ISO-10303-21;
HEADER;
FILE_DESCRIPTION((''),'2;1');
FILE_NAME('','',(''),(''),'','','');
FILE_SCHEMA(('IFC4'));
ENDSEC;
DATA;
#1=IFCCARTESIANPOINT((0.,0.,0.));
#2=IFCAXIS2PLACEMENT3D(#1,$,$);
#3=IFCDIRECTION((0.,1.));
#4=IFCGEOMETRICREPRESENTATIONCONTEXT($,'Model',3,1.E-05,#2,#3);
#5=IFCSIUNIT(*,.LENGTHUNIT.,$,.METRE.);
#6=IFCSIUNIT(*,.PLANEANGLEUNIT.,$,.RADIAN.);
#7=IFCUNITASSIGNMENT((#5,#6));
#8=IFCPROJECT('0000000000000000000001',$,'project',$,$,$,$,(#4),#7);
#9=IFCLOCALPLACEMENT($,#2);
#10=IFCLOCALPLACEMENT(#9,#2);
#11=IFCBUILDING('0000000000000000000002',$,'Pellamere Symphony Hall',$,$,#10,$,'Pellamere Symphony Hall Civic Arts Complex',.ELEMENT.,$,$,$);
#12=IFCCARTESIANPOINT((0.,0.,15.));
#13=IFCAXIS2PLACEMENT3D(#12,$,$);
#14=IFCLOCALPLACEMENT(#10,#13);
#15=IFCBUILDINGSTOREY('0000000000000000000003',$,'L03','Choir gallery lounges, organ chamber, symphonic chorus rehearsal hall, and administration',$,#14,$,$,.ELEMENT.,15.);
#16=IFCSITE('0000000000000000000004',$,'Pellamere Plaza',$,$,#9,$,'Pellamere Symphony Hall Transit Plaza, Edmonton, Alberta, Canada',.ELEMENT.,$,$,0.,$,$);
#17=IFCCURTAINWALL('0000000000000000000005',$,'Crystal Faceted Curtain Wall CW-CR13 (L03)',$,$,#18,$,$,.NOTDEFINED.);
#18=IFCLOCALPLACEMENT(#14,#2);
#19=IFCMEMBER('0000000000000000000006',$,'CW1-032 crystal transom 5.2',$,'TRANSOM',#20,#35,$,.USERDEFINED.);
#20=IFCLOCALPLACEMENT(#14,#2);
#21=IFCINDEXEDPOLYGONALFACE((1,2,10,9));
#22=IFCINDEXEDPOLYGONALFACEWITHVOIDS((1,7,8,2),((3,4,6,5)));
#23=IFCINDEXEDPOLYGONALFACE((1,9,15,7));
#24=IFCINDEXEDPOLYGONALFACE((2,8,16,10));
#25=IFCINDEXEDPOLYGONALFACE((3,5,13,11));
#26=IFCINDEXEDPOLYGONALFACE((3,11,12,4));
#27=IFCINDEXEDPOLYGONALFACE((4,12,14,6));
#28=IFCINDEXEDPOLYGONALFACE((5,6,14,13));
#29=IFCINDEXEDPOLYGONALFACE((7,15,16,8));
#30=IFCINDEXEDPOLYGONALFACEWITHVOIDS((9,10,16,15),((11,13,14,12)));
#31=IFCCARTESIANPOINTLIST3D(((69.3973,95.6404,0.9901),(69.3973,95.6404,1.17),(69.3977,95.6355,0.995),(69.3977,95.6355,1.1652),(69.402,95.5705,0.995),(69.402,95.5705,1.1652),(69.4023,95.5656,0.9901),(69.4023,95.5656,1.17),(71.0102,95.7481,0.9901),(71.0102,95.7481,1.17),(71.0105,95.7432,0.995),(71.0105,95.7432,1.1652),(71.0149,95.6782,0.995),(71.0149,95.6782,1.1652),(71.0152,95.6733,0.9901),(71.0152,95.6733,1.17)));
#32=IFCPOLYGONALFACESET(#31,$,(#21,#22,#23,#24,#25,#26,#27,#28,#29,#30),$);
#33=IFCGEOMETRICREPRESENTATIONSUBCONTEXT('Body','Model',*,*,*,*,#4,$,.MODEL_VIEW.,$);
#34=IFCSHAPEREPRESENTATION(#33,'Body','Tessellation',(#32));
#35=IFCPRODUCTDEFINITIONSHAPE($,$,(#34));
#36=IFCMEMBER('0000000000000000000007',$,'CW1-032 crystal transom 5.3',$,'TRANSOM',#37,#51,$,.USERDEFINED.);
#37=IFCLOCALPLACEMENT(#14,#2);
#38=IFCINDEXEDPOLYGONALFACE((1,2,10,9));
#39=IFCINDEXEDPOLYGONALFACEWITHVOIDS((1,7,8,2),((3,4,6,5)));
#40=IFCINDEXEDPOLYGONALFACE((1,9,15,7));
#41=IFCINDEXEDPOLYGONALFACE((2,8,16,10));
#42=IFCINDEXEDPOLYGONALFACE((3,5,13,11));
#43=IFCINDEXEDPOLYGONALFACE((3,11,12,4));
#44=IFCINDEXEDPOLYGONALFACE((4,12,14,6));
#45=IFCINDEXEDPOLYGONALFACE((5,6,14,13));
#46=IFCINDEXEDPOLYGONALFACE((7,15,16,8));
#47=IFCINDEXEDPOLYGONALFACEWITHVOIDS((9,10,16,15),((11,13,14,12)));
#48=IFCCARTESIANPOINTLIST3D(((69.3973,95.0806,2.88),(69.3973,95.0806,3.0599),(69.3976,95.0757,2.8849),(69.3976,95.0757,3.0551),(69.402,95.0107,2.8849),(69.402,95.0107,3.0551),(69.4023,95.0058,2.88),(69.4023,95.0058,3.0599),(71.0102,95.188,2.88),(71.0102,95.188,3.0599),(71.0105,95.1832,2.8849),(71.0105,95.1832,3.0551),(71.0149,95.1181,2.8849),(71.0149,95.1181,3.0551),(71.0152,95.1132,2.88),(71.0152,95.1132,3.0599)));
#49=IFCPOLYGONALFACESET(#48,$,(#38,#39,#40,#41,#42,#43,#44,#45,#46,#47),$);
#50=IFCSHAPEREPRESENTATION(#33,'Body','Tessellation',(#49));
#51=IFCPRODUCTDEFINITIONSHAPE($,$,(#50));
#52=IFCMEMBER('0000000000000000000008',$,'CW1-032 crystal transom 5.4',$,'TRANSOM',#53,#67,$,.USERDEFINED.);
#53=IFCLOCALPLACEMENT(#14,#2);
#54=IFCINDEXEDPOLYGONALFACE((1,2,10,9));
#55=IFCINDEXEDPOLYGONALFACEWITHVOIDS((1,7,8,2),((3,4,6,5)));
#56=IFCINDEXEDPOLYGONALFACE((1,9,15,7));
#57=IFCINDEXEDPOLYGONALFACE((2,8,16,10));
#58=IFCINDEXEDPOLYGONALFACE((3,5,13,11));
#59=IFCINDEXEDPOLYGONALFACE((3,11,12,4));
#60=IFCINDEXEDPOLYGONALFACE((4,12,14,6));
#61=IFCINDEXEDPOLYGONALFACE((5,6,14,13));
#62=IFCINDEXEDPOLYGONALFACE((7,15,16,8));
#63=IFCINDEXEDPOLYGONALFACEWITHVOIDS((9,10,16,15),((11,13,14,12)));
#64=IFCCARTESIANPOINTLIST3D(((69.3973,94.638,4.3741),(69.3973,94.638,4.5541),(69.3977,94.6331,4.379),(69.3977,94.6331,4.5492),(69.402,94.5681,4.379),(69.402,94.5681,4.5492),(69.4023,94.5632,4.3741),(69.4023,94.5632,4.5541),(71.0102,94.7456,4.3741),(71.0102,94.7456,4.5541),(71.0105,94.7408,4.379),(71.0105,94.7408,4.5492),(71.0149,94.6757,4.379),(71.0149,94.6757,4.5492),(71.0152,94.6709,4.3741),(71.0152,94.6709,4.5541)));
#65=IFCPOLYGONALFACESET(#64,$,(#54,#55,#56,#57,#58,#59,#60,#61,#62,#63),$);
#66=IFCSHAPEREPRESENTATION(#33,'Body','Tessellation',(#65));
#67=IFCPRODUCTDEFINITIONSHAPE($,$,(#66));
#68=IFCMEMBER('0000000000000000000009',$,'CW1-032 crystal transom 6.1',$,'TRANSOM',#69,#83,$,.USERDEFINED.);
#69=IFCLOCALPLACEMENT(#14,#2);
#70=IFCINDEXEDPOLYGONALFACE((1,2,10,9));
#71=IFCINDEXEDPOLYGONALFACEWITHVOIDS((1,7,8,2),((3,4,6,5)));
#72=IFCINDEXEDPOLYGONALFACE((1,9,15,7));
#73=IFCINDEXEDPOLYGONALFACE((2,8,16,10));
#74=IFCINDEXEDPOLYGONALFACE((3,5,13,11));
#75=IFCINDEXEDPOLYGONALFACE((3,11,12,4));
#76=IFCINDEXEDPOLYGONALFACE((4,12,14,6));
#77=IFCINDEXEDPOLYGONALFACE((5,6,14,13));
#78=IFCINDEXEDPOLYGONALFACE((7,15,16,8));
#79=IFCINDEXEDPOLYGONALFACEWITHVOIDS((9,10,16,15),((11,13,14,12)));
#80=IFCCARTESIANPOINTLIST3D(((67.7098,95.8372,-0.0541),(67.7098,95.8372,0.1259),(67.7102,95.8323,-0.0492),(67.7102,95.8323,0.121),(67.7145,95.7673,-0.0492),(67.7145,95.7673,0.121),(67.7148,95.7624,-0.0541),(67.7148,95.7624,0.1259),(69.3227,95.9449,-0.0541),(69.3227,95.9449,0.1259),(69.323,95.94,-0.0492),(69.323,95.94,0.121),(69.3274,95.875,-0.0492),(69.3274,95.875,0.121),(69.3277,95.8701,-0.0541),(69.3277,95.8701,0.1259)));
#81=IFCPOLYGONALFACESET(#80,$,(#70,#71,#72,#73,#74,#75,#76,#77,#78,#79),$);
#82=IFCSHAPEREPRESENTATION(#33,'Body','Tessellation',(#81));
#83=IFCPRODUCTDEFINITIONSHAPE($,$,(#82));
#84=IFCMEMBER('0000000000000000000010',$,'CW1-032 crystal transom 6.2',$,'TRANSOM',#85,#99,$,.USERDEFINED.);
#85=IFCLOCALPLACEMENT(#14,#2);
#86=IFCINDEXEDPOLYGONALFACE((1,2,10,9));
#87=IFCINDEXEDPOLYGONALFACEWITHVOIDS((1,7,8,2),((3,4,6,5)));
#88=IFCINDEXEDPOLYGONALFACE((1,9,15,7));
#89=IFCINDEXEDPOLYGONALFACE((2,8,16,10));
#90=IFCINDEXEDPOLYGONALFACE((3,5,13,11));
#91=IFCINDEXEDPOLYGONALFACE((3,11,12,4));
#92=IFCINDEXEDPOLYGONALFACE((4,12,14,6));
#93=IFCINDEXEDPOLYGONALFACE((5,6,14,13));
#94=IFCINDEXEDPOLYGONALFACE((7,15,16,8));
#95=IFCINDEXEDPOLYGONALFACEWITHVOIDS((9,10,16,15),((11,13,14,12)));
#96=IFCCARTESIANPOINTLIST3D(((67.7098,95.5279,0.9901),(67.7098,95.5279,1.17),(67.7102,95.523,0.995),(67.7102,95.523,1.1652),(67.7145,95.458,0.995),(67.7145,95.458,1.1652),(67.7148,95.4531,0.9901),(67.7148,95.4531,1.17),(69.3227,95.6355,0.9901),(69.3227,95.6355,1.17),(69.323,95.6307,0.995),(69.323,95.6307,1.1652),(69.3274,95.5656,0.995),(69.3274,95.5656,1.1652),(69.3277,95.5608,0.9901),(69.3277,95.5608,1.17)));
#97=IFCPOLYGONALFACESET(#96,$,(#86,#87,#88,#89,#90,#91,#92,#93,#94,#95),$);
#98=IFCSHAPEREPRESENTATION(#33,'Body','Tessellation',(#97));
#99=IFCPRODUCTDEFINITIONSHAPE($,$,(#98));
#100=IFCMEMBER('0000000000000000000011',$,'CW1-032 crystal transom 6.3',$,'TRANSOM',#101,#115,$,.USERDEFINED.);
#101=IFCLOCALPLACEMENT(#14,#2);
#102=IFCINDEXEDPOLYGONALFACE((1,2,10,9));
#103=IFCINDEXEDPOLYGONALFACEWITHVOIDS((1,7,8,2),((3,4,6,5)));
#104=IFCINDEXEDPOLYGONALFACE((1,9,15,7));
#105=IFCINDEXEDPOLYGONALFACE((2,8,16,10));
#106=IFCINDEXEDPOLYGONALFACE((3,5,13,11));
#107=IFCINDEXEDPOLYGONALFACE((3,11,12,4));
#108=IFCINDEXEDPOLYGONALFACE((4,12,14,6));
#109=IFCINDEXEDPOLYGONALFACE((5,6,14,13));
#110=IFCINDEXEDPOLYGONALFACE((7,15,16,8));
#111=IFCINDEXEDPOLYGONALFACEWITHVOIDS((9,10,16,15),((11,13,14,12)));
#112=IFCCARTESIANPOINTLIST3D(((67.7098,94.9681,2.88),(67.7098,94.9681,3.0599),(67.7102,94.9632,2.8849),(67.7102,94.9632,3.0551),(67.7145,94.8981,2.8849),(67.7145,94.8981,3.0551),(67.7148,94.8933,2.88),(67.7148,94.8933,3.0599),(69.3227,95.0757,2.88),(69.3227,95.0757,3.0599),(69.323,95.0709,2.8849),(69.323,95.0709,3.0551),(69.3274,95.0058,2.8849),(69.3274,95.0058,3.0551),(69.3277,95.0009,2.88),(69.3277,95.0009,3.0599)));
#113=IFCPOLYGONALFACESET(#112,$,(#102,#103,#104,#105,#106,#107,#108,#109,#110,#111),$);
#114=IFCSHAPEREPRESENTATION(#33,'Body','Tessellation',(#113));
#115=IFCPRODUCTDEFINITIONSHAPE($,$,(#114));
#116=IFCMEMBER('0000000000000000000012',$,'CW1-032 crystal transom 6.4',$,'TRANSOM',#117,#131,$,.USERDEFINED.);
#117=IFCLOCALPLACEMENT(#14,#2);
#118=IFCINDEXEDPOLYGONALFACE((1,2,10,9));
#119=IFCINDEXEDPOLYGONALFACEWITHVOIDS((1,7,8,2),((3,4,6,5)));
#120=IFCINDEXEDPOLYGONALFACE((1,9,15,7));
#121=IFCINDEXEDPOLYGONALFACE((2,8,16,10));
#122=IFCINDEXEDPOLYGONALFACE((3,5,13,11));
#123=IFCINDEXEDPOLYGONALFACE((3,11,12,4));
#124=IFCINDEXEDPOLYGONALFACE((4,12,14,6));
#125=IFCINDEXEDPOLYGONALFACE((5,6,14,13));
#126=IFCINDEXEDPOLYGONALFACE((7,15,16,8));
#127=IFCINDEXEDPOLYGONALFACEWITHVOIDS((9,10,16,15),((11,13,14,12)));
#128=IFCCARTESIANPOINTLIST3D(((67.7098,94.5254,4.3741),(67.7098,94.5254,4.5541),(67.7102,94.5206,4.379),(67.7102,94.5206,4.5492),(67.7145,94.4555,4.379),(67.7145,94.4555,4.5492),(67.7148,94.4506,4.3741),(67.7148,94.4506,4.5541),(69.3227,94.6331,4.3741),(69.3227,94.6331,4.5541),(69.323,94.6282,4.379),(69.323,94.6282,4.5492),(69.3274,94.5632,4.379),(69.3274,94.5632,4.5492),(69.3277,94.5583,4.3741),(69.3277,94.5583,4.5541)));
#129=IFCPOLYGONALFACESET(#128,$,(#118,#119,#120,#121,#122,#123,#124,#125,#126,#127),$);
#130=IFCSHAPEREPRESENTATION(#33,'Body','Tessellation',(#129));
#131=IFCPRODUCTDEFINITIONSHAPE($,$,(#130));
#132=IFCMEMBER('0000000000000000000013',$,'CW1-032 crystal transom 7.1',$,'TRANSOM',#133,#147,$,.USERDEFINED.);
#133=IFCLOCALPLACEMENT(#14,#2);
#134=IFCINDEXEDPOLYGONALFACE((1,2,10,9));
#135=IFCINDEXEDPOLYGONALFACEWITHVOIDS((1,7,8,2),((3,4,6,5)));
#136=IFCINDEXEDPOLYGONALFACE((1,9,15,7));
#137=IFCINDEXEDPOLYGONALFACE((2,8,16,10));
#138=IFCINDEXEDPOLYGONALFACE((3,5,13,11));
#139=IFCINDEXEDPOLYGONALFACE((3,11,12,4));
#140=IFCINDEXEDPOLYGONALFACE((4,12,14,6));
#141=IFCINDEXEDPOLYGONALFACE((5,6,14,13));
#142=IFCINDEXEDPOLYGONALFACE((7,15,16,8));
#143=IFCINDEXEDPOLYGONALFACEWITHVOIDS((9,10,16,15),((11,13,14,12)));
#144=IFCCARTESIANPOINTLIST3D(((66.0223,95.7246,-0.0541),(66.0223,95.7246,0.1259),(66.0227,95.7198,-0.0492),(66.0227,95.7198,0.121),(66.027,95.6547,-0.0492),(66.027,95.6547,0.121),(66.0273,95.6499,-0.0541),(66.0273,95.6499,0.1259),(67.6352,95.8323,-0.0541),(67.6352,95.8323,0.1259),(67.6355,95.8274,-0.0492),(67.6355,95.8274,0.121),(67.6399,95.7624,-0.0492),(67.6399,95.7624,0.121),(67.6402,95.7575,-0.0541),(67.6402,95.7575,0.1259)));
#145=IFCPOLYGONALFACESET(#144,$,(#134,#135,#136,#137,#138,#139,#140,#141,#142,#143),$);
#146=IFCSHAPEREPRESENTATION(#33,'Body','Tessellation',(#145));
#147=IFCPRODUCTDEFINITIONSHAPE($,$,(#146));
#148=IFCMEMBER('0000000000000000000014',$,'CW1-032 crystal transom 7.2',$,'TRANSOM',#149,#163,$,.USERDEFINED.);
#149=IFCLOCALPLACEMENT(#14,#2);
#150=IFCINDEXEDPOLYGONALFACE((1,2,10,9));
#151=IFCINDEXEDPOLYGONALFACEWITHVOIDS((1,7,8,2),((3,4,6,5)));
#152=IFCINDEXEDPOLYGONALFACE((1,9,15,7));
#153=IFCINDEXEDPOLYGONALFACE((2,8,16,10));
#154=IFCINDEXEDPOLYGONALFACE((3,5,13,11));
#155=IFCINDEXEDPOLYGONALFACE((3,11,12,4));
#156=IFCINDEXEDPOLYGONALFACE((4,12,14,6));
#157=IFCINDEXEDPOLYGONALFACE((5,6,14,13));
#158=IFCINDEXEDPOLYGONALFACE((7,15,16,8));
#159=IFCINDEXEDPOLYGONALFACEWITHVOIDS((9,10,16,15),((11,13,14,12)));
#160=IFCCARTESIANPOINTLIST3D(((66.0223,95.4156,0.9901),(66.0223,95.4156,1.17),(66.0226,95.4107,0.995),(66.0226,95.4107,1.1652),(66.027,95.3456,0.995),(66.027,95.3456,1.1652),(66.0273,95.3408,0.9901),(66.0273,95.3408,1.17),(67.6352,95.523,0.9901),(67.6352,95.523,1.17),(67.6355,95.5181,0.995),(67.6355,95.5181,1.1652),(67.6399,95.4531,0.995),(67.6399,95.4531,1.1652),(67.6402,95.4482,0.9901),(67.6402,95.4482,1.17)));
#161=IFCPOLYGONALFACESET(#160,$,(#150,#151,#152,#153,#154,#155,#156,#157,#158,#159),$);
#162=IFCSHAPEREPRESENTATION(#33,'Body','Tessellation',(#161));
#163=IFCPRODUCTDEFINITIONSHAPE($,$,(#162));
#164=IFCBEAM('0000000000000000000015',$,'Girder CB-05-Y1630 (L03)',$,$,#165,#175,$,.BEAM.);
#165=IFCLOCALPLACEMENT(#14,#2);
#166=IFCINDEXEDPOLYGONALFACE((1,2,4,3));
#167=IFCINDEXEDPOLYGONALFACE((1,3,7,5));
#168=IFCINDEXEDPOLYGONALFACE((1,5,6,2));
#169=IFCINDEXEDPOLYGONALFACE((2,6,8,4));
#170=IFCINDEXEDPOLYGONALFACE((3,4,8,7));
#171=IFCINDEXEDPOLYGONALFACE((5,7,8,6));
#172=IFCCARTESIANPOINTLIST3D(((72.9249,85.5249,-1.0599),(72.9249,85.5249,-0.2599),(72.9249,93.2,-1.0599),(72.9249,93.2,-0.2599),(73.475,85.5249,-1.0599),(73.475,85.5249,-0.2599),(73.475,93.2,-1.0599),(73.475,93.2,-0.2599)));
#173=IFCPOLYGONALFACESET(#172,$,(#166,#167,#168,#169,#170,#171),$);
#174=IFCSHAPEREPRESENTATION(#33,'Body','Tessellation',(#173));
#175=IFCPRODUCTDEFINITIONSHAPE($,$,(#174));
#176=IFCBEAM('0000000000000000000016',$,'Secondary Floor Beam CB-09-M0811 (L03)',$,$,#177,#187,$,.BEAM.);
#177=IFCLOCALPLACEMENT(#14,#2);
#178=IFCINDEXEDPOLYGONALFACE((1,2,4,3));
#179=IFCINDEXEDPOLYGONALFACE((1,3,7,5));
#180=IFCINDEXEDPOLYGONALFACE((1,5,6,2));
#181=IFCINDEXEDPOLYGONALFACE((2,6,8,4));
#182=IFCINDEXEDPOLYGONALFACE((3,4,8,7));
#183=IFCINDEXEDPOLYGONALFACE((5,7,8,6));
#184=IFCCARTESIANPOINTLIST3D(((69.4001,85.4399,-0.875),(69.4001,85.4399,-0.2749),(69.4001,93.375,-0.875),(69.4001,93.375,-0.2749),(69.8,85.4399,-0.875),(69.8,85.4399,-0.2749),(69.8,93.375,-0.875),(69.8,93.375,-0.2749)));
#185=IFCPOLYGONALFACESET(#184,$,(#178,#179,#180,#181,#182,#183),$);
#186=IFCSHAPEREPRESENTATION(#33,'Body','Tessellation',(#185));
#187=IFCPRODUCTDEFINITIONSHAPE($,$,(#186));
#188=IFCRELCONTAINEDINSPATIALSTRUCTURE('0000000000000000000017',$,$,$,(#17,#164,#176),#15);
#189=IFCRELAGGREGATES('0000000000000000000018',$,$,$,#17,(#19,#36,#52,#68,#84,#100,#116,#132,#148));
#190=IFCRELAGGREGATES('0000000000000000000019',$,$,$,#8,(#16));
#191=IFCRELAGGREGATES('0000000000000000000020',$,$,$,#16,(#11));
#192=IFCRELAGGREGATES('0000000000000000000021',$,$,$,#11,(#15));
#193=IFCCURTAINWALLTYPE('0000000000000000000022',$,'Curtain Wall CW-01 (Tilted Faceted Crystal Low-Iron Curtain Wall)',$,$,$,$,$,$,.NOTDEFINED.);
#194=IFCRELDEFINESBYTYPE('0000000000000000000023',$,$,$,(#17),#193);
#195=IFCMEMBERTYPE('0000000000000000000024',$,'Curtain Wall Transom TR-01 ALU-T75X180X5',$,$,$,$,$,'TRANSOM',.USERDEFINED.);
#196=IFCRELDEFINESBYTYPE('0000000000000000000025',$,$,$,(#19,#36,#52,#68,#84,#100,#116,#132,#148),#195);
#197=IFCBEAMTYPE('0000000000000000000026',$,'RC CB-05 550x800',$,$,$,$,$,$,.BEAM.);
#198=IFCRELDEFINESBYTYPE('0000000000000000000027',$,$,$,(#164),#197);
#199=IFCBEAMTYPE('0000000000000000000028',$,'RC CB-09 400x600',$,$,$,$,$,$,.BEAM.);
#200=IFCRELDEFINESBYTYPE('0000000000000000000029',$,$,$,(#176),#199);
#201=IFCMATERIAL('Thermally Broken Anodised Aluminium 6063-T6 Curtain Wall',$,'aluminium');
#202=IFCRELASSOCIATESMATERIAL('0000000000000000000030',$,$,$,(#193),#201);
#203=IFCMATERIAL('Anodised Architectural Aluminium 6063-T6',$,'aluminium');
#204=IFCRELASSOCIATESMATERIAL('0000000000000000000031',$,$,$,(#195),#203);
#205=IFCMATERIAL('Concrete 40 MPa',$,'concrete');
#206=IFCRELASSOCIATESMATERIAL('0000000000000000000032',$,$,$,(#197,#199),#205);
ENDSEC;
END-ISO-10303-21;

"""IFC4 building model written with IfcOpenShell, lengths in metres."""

from ifc_helpers import new_model, si_unit, direction, frame, origin, origin_2d, place, context, subcontext, project, spatial, rectangle, hollow_rectangle, extrude, material, material_profile, profile_set, type_object, element, aggregate, save


model = new_model("IFC4")

# Units and contexts
model_context = context("Model", 3, precision=1e-05, world=origin(), true_north=direction((0.0, 1.0)))
body_context = subcontext(model_context, "Body", "Model", "MODEL_VIEW")
ifc_project = project(units=[si_unit("LENGTHUNIT", "METRE"), si_unit("PLANEANGLEUNIT", "RADIAN")], contexts=[model_context])

# Site, building, storey
site_placement = place(None, origin())
site = spatial("IfcSite", under=ifc_project, at=site_placement, Name="Pellamere Plaza", LongName="Pellamere Symphony Hall Transit Plaza, Edmonton, Alberta, Canada", CompositionType="ELEMENT", RefElevation=0.0)
building_placement = place(site_placement, origin())
building = spatial("IfcBuilding", under=site, at=building_placement, Name="Pellamere Symphony Hall", LongName="Pellamere Symphony Hall Civic Arts Complex", CompositionType="ELEMENT")
storey_placement = place(building_placement, frame((0.0, 0.0, 15.0)))
storey = spatial("IfcBuildingStorey", under=building, at=storey_placement, Name="L03", Description="Choir gallery lounges, organ chamber, symphonic chorus rehearsal hall, and administration", CompositionType="ELEMENT", Elevation=15.0)

# Shared definitions
ifc_material_1 = material(Name="Concrete 40 MPa", Category="concrete")

# Curtain wall, members
ifc_material_2 = material(Name="Thermally Broken Anodised Aluminium 6063-T6 Curtain Wall", Category="aluminium")
curtain_wall_type = type_object("IfcCurtainWallType", Name="Curtain Wall CW-01 (Tilted Faceted Crystal Low-Iron Curtain Wall)", PredefinedType="NOTDEFINED", material=ifc_material_2)
curtain_wall_placement = place(storey_placement, origin())
curtain_wall = element("IfcCurtainWall", 1, at=curtain_wall_placement, inside=storey, type_object=curtain_wall_type, Name="Crystal Faceted Curtain Wall CW-CR13 (L03)", PredefinedType="NOTDEFINED")
ifc_material_3 = material(Name="Anodised Architectural Aluminium 6063-T6", Category="aluminium")
ifc_material_profile_1 = material_profile(ifc_material_3, hollow_rectangle(XDim=0.075, YDim=0.1799, WallThickness=0.0049, at=origin_2d()), Name="ALU-T75X180X5")
ifc_profile_set_1 = profile_set([ifc_material_profile_1], Name="Anodised Architectural Aluminium 6063-T6")
member_type_1 = type_object("IfcMemberType", Name="Curtain Wall Transom TR-01 ALU-T75X180X5", ElementType="TRANSOM", PredefinedType="USERDEFINED", material=ifc_profile_set_1)
member_1_placement = place(storey_placement, frame((71.0127, 95.7107, 1.0801), z_axis=(-0.997779, -0.066609, 0.0), x_axis=(0.066609, -0.997779, 0.0)))
member_1 = element("IfcMember", 2, at=member_1_placement, type_object=member_type_1, Name="CW1-032 crystal transom 5.2", ObjectType="TRANSOM", PredefinedType="USERDEFINED", context=body_context, shape_type="SweptSolid", body=[
    extrude(hollow_rectangle(XDim=0.075, YDim=0.1799, WallThickness=0.0049, at=origin_2d()), origin(), (0.0, 0.0, 1.0), 1.6165),
])
member_2_placement = place(storey_placement, frame((71.0127, 95.1506, 2.97), z_axis=(-0.997789, -0.066459, 0.0), x_axis=(0.066459, -0.997789, 0.0)))
member_2 = element("IfcMember", 3, at=member_2_placement, type_object=member_type_1, Name="CW1-032 crystal transom 5.3", ObjectType="TRANSOM", PredefinedType="USERDEFINED", context=body_context, shape_type="SweptSolid", body=[
    extrude(hollow_rectangle(XDim=0.075, YDim=0.1799, WallThickness=0.0049, at=origin_2d()), origin(), (0.0, 0.0, 1.0), 1.6165),
])
member_3_placement = place(storey_placement, frame((71.0127, 94.7083, 4.4641), z_axis=(-0.997779, -0.066609, 0.0), x_axis=(0.066609, -0.997779, 0.0)))
member_3 = element("IfcMember", 4, at=member_3_placement, type_object=member_type_1, Name="CW1-032 crystal transom 5.4", ObjectType="TRANSOM", PredefinedType="USERDEFINED", context=body_context, shape_type="SweptSolid", body=[
    extrude(hollow_rectangle(XDim=0.075, YDim=0.1799, WallThickness=0.0049, at=origin_2d()), origin(), (0.0, 0.0, 1.0), 1.6165),
])
member_4_placement = place(storey_placement, frame((69.3252, 95.9075, 0.0359), z_axis=(-0.997779, -0.066609, 0.0), x_axis=(0.066609, -0.997779, 0.0)))
member_4 = element("IfcMember", 5, at=member_4_placement, type_object=member_type_1, Name="CW1-032 crystal transom 6.1", ObjectType="TRANSOM", PredefinedType="USERDEFINED", context=body_context, shape_type="SweptSolid", body=[
    extrude(hollow_rectangle(XDim=0.075, YDim=0.1799, WallThickness=0.0049, at=origin_2d()), origin(), (0.0, 0.0, 1.0), 1.6165),
])
member_5_placement = place(storey_placement, frame((69.3252, 95.5981, 1.0801), z_axis=(-0.997779, -0.066609, 0.0), x_axis=(0.066609, -0.997779, 0.0)))
member_5 = element("IfcMember", 6, at=member_5_placement, type_object=member_type_1, Name="CW1-032 crystal transom 6.2", ObjectType="TRANSOM", PredefinedType="USERDEFINED", context=body_context, shape_type="SweptSolid", body=[
    extrude(hollow_rectangle(XDim=0.075, YDim=0.1799, WallThickness=0.0049, at=origin_2d()), origin(), (0.0, 0.0, 1.0), 1.6165),
])
member_6_placement = place(storey_placement, frame((69.3252, 95.0383, 2.97), z_axis=(-0.997779, -0.066609, 0.0), x_axis=(0.066609, -0.997779, 0.0)))
member_6 = element("IfcMember", 7, at=member_6_placement, type_object=member_type_1, Name="CW1-032 crystal transom 6.3", ObjectType="TRANSOM", PredefinedType="USERDEFINED", context=body_context, shape_type="SweptSolid", body=[
    extrude(hollow_rectangle(XDim=0.075, YDim=0.1799, WallThickness=0.0049, at=origin_2d()), origin(), (0.0, 0.0, 1.0), 1.6165),
])
member_7_placement = place(storey_placement, frame((69.3252, 94.5957, 4.4641), z_axis=(-0.997779, -0.066609, 0.0), x_axis=(0.066609, -0.997779, 0.0)))
member_7 = element("IfcMember", 8, at=member_7_placement, type_object=member_type_1, Name="CW1-032 crystal transom 6.4", ObjectType="TRANSOM", PredefinedType="USERDEFINED", context=body_context, shape_type="SweptSolid", body=[
    extrude(hollow_rectangle(XDim=0.075, YDim=0.1799, WallThickness=0.0049, at=origin_2d()), origin(), (0.0, 0.0, 1.0), 1.6165),
])
member_8_placement = place(storey_placement, frame((67.6377, 95.7949, 0.0359), z_axis=(-0.997779, -0.066609, 0.0), x_axis=(0.066609, -0.997779, 0.0)))
member_8 = element("IfcMember", 9, at=member_8_placement, type_object=member_type_1, Name="CW1-032 crystal transom 7.1", ObjectType="TRANSOM", PredefinedType="USERDEFINED", context=body_context, shape_type="SweptSolid", body=[
    extrude(hollow_rectangle(XDim=0.075, YDim=0.1799, WallThickness=0.0049, at=origin_2d()), origin(), (0.0, 0.0, 1.0), 1.6165),
])
member_9_placement = place(storey_placement, frame((67.6377, 95.4856, 1.0801), z_axis=(-0.997789, -0.066459, 0.0), x_axis=(0.066459, -0.997789, 0.0)))
member_9 = element("IfcMember", 10, at=member_9_placement, type_object=member_type_1, Name="CW1-032 crystal transom 7.2", ObjectType="TRANSOM", PredefinedType="USERDEFINED", context=body_context, shape_type="SweptSolid", body=[
    extrude(hollow_rectangle(XDim=0.075, YDim=0.1799, WallThickness=0.0049, at=origin_2d()), origin(), (0.0, 0.0, 1.0), 1.6165),
])

# Beams
ifc_material_profile_2 = material_profile(ifc_material_1, rectangle(XDim=0.55, YDim=0.8, at=origin_2d()), Name="RC 550x800")
ifc_profile_set_2 = profile_set([ifc_material_profile_2], Name="Concrete 40 MPa")
beam_type_1 = type_object("IfcBeamType", Name="RC CB-05 550x800", PredefinedType="BEAM", material=ifc_profile_set_2)
beam_1_placement = place(storey_placement, frame((73.2, 85.5249, -0.6599), z_axis=(0.0, 1.0, 0.0), x_axis=(-1.0, 0.0, 0.0)))
element("IfcBeam", 11, at=beam_1_placement, inside=storey, type_object=beam_type_1, Name="Girder CB-05-Y1630 (L03)", PredefinedType="BEAM", context=body_context, shape_type="SweptSolid", body=[
    extrude(rectangle(XDim=0.55, YDim=0.8, at=origin_2d()), origin(), (0.0, 0.0, 1.0), 7.675),
])
ifc_material_profile_3 = material_profile(ifc_material_1, rectangle(XDim=0.3999, YDim=0.6001, at=origin_2d()), Name="RC 400x600")
ifc_profile_set_3 = profile_set([ifc_material_profile_3], Name="Concrete 40 MPa")
beam_type_2 = type_object("IfcBeamType", Name="RC CB-09 400x600", PredefinedType="BEAM", material=ifc_profile_set_3)
beam_2_placement = place(storey_placement, frame((69.6001, 85.4399, -0.575), z_axis=(0.0, 1.0, 0.0), x_axis=(-1.0, 0.0, 0.0)))
element("IfcBeam", 12, at=beam_2_placement, inside=storey, type_object=beam_type_2, Name="Secondary Floor Beam CB-09-M0811 (L03)", PredefinedType="BEAM", context=body_context, shape_type="SweptSolid", body=[
    extrude(rectangle(XDim=0.3999, YDim=0.6001, at=origin_2d()), origin(), (0.0, 0.0, 1.0), 7.9351),
])

aggregate(curtain_wall, [member_1, member_2, member_3, member_4, member_5, member_6, member_7, member_8, member_9])

save(model, "model.ifc")
